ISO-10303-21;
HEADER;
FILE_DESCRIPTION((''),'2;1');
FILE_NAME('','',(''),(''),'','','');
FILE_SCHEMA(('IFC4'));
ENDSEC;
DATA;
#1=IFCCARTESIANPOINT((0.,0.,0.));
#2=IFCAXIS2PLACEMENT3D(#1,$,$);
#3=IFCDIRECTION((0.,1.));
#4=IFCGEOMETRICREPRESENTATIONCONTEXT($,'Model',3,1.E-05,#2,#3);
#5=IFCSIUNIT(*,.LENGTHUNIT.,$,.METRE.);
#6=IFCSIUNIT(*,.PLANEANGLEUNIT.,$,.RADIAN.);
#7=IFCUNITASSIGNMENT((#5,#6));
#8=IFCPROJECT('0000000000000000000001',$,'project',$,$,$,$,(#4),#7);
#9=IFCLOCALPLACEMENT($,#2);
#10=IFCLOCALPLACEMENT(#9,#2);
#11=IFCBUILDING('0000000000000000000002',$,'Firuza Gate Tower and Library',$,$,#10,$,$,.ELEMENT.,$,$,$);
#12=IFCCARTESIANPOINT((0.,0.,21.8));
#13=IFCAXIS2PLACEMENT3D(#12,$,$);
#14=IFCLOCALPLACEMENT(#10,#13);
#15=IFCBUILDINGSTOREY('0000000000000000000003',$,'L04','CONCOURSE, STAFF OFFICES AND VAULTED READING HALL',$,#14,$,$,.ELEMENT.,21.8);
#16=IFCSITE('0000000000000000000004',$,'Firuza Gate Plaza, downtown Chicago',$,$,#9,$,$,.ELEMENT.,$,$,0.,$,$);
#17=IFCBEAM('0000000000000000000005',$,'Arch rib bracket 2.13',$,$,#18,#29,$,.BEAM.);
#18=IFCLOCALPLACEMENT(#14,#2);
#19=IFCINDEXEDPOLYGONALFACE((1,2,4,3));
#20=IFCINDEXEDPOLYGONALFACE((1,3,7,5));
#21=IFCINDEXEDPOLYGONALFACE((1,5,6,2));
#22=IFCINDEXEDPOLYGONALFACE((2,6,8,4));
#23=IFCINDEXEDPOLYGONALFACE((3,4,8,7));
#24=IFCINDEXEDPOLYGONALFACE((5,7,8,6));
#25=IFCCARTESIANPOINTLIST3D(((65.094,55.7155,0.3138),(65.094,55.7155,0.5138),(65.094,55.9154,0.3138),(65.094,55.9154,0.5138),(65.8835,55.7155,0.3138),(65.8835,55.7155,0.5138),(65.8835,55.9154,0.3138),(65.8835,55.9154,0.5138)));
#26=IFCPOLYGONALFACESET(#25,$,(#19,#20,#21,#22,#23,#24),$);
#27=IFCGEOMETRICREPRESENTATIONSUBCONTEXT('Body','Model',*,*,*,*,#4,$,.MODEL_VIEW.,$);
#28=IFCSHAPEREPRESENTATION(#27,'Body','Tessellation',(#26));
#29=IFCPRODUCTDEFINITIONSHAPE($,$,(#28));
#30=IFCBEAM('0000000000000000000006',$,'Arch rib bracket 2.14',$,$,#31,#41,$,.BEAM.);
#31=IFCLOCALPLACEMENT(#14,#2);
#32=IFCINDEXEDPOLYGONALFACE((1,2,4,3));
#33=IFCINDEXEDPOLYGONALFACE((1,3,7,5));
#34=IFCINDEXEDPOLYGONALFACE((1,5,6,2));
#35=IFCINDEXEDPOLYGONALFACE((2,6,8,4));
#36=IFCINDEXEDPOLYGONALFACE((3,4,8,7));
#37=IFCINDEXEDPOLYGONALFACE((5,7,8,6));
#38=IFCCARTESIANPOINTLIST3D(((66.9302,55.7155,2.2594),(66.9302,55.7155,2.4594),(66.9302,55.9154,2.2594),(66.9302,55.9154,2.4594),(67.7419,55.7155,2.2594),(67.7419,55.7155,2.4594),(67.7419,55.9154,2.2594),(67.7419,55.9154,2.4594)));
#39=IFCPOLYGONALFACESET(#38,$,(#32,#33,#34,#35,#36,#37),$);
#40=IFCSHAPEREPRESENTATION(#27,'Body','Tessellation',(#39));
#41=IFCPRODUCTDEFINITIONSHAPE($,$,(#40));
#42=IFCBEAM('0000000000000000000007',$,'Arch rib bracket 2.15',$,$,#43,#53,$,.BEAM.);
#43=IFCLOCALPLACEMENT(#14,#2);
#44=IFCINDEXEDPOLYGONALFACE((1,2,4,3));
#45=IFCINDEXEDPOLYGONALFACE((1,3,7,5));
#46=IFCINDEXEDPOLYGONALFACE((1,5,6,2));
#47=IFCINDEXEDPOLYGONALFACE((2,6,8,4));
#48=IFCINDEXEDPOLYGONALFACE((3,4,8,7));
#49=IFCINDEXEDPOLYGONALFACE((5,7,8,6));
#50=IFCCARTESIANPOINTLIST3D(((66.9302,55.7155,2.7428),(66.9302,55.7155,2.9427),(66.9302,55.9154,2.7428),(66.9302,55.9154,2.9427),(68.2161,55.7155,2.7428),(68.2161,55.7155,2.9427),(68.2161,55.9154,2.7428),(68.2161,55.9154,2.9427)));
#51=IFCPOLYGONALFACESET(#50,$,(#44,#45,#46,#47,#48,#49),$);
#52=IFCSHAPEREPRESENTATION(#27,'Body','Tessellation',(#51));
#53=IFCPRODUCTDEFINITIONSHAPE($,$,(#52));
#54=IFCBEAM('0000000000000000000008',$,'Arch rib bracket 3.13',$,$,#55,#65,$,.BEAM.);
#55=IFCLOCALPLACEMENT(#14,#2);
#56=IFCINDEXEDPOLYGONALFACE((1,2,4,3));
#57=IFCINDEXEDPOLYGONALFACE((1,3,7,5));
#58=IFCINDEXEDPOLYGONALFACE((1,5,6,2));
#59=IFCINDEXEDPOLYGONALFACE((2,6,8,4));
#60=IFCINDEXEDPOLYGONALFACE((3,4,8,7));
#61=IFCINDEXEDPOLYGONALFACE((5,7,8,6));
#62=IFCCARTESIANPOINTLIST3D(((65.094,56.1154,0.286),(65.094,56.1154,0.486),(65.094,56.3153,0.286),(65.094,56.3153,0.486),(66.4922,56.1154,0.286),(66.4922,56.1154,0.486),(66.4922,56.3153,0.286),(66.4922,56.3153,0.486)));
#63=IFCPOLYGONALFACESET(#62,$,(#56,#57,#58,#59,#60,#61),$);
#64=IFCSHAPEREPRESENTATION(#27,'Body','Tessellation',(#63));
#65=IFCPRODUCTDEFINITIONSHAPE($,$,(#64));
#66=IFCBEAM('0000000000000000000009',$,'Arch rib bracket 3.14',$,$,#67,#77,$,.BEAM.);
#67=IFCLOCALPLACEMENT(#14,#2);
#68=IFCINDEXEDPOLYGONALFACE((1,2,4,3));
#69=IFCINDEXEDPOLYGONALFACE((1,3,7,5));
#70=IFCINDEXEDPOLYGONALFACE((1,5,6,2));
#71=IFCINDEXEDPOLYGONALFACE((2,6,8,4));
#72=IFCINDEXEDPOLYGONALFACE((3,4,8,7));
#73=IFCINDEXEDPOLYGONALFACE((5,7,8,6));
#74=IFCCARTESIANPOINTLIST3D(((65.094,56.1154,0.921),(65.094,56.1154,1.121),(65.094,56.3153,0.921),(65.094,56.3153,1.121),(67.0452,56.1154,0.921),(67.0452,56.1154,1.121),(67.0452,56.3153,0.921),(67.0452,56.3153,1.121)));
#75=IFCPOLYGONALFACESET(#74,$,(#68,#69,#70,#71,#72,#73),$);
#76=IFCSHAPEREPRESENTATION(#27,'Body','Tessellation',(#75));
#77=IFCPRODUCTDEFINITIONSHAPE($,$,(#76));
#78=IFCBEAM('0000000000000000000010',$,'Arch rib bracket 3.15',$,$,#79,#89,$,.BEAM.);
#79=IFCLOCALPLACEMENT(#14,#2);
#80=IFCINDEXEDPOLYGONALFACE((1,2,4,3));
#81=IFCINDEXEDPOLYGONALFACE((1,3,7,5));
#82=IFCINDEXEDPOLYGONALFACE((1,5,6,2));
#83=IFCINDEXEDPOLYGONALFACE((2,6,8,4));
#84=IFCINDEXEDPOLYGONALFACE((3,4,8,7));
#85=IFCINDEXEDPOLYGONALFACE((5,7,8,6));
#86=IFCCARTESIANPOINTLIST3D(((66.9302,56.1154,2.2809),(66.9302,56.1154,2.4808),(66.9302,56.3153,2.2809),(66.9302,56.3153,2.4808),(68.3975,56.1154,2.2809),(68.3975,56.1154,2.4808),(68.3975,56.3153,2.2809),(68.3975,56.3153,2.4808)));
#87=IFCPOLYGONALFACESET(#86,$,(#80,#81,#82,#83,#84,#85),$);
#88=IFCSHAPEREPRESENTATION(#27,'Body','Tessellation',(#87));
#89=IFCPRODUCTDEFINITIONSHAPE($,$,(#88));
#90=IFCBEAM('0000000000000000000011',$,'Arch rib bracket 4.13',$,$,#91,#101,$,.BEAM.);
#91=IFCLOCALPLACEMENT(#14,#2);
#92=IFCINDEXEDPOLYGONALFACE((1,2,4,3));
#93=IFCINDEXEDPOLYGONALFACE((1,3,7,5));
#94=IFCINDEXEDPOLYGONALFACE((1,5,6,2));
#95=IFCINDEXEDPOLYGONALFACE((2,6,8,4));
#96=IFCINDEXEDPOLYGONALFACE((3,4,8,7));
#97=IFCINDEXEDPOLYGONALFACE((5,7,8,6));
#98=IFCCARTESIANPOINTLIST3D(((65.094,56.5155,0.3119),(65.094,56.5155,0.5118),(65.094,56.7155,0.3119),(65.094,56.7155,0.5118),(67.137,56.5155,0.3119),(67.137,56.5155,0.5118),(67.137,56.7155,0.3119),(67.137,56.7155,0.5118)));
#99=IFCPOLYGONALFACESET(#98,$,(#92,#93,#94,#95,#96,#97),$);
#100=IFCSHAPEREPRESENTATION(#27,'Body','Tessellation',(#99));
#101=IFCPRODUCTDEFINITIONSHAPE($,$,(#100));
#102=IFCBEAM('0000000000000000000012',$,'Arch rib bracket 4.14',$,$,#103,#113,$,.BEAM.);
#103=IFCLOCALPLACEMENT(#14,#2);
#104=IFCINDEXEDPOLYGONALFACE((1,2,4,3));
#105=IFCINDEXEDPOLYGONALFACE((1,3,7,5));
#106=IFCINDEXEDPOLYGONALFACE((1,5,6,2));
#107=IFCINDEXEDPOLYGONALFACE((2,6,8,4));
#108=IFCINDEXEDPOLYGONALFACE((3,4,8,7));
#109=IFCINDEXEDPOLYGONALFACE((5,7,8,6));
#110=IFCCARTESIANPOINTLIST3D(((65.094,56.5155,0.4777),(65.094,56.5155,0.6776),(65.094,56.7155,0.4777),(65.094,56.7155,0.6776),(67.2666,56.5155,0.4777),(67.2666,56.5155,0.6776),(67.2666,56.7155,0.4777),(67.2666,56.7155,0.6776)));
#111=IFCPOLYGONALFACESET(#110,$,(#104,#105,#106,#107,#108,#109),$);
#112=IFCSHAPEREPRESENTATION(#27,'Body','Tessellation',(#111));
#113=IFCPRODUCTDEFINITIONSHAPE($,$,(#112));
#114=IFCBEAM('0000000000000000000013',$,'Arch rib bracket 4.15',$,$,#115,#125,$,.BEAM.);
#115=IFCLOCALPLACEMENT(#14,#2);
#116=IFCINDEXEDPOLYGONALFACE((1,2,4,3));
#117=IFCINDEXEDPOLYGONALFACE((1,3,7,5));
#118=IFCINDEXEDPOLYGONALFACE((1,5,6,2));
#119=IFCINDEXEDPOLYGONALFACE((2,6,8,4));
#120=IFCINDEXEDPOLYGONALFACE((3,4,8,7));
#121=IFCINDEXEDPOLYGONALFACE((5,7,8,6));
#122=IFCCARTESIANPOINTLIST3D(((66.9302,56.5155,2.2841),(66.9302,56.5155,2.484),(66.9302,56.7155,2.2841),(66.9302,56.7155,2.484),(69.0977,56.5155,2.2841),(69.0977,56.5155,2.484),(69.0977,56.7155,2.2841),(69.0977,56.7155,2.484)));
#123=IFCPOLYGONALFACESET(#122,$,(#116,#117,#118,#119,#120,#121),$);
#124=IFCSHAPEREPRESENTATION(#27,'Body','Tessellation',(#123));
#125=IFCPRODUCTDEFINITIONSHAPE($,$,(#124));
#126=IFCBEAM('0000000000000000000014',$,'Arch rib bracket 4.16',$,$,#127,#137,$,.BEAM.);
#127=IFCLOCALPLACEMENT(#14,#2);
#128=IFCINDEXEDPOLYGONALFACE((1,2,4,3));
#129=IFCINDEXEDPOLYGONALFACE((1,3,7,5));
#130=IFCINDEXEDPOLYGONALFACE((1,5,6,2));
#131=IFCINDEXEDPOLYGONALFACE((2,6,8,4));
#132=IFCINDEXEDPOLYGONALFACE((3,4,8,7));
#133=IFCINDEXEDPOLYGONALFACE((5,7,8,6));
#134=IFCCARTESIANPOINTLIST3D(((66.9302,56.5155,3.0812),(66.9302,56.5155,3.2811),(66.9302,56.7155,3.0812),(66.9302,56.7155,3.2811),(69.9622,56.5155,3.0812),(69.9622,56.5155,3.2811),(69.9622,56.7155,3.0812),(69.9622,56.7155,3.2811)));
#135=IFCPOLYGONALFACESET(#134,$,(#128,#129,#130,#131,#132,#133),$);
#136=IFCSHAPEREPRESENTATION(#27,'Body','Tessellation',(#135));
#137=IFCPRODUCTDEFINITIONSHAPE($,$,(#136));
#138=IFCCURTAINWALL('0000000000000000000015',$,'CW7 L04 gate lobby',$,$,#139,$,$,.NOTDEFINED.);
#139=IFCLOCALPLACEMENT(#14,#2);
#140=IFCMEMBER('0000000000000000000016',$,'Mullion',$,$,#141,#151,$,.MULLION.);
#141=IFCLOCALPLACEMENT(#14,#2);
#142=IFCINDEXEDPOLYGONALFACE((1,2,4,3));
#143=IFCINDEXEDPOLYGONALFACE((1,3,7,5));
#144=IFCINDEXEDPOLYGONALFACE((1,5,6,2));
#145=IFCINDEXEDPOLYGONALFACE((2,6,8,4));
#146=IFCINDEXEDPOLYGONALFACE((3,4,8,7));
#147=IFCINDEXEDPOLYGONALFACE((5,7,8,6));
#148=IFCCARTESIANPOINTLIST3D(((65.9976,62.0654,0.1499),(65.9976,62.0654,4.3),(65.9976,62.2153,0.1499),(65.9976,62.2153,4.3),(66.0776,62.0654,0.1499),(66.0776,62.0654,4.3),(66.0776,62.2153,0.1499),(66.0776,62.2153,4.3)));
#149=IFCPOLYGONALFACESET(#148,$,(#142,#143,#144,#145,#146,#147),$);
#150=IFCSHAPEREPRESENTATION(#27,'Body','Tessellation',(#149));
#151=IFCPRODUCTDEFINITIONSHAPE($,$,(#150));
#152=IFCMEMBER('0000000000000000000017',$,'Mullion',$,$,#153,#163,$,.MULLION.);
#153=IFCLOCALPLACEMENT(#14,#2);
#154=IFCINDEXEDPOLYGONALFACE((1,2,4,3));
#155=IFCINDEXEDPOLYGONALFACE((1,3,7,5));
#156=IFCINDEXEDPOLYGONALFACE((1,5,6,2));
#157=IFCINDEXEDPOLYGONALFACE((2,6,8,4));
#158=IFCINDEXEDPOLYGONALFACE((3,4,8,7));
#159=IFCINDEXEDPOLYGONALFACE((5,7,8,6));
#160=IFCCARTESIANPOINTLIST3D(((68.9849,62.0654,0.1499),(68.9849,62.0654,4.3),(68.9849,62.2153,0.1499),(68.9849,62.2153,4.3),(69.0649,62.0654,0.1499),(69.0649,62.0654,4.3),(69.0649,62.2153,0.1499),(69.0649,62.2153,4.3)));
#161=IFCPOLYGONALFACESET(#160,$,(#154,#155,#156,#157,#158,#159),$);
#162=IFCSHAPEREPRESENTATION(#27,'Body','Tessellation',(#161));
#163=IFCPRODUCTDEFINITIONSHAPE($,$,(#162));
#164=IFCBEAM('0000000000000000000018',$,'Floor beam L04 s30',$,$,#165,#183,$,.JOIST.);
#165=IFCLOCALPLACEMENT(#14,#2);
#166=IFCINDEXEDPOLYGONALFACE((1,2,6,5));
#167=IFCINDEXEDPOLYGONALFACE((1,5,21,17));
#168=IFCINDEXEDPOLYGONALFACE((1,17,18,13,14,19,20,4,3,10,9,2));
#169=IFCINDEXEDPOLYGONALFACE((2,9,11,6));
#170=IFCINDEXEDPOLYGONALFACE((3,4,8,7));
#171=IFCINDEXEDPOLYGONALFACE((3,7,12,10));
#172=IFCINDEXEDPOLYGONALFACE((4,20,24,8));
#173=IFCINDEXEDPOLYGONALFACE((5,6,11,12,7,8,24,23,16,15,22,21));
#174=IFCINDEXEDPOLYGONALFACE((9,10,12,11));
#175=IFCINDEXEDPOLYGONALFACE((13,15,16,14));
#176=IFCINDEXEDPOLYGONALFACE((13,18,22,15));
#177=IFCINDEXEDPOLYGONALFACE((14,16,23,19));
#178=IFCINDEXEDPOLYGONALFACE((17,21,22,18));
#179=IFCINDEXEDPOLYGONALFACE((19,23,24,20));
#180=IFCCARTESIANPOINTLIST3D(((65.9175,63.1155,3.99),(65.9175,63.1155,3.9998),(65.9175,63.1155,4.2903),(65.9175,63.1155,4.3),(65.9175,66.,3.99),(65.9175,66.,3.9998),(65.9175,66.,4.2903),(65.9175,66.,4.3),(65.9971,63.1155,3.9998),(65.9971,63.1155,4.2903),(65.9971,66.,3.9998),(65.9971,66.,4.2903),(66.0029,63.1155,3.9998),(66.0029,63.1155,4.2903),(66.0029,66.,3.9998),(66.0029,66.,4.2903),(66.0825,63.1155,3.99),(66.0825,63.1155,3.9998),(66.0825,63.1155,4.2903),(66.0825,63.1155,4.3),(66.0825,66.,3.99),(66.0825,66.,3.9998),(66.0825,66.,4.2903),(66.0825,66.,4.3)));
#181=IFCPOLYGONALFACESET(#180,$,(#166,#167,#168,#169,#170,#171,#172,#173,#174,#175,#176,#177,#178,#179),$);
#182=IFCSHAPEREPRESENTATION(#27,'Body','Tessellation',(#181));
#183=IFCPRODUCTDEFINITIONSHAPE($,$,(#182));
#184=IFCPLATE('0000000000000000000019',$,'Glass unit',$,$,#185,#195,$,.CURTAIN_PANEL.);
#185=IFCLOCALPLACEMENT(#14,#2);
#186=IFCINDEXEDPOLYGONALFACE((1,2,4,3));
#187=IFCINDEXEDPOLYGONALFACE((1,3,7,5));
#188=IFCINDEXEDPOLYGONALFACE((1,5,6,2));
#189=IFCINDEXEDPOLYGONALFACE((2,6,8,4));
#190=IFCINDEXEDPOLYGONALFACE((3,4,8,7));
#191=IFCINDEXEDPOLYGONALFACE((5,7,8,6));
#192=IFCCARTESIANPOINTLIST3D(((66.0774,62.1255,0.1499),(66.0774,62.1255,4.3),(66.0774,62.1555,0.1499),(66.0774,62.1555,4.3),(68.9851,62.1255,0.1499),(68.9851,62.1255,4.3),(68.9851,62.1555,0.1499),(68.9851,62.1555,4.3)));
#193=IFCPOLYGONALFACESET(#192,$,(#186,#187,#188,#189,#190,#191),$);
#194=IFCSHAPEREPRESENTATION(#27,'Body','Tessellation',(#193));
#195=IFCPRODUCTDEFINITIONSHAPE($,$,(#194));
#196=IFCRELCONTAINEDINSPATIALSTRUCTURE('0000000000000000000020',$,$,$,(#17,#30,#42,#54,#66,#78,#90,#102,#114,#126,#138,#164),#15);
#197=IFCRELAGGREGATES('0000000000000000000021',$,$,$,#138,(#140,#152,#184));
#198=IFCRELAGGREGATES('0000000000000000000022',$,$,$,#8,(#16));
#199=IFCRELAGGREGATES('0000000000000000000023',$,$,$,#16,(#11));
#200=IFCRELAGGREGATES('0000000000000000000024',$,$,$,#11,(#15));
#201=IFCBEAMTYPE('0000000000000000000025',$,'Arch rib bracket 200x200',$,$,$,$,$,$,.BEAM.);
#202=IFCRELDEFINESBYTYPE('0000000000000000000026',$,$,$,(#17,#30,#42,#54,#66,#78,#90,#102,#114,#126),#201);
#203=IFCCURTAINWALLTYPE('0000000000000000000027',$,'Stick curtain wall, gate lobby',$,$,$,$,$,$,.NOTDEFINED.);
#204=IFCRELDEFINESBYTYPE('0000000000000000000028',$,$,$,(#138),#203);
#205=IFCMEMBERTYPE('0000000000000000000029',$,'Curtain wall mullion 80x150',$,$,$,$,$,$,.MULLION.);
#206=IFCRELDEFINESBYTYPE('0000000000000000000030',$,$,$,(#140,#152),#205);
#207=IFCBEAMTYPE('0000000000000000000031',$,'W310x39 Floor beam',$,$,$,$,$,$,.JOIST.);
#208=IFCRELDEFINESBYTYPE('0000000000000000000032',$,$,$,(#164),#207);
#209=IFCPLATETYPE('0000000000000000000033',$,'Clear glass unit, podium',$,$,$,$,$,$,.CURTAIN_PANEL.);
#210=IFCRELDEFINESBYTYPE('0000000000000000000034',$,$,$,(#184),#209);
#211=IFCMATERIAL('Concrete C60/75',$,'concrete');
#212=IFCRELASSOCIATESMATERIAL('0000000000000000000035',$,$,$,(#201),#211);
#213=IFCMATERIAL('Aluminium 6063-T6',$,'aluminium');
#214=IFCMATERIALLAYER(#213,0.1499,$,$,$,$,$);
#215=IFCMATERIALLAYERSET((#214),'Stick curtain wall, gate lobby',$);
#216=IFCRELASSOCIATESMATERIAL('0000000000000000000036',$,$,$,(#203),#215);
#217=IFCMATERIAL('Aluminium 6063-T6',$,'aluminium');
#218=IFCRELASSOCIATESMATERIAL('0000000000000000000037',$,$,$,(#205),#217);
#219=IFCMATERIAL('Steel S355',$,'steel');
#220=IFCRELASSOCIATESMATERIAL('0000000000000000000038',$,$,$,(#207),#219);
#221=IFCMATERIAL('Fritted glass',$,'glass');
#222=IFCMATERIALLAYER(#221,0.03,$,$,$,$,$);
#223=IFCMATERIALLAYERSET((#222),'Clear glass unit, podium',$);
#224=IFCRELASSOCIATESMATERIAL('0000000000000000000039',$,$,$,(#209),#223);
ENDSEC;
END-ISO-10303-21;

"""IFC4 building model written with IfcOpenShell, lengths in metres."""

from ifc_helpers import new_model, si_unit, direction, frame, origin, origin_2d, place, context, subcontext, project, spatial, polyline, rectangle, i_section, outline, extrude, material, layer, layer_set, material_profile, profile_set, type_object, element, aggregate, save


model = new_model("IFC4")

# Units and contexts
model_context = context("Model", 3, precision=1e-05, world=origin(), true_north=direction((0.0, 1.0)))
body_context = subcontext(model_context, "Body", "Model", "MODEL_VIEW")
ifc_project = project(units=[si_unit("LENGTHUNIT", "METRE"), si_unit("PLANEANGLEUNIT", "RADIAN")], contexts=[model_context])

# Site, building, storey
site_placement = place(None, origin())
site = spatial("IfcSite", under=ifc_project, at=site_placement, Name="Firuza Gate Plaza, downtown Chicago", CompositionType="ELEMENT", RefElevation=0.0)
building_placement = place(site_placement, origin())
building = spatial("IfcBuilding", under=site, at=building_placement, Name="Firuza Gate Tower and Library", CompositionType="ELEMENT")
storey_placement = place(building_placement, frame((0.0, 0.0, 21.8)))
storey = spatial("IfcBuildingStorey", under=building, at=storey_placement, Name="L04", Description="CONCOURSE, STAFF OFFICES AND VAULTED READING HALL", CompositionType="ELEMENT", Elevation=21.8)

# Beams
ifc_material_1 = material(Name="Concrete C60/75", Category="concrete")
ifc_material_profile_1 = material_profile(ifc_material_1, rectangle(XDim=0.2, YDim=0.2, at=origin_2d()))
ifc_profile_set_1 = profile_set([ifc_material_profile_1], Name="Concrete C60/75")
beam_type_1 = type_object("IfcBeamType", Name="Arch rib bracket 200x200", PredefinedType="BEAM", material=ifc_profile_set_1)
beam_1_placement = place(storey_placement, frame((65.094, 55.8154, 0.4138), z_axis=(1.0, 0.0, 0.0), x_axis=(0.0, 1.0, 0.0)))
element("IfcBeam", 1, at=beam_1_placement, inside=storey, type_object=beam_type_1, Name="Arch rib bracket 2.13", PredefinedType="BEAM", context=body_context, shape_type="SweptSolid", body=[
    extrude(rectangle(XDim=0.2, YDim=0.2, at=origin_2d()), origin(), (0.0, 0.0, 1.0), 0.7896),
])
beam_2_placement = place(storey_placement, frame((66.9302, 55.8154, 2.3594), z_axis=(1.0, 0.0, 0.0), x_axis=(0.0, 1.0, 0.0)))
element("IfcBeam", 2, at=beam_2_placement, inside=storey, type_object=beam_type_1, Name="Arch rib bracket 2.14", PredefinedType="BEAM", context=body_context, shape_type="SweptSolid", body=[
    extrude(rectangle(XDim=0.2, YDim=0.2, at=origin_2d()), origin(), (0.0, 0.0, 1.0), 0.8118),
])
beam_3_placement = place(storey_placement, frame((66.9302, 55.8154, 2.8428), z_axis=(1.0, 0.0, 0.0), x_axis=(0.0, 1.0, 0.0)))
element("IfcBeam", 3, at=beam_3_placement, inside=storey, type_object=beam_type_1, Name="Arch rib bracket 2.15", PredefinedType="BEAM", context=body_context, shape_type="SweptSolid", body=[
    extrude(rectangle(XDim=0.2, YDim=0.2, at=origin_2d()), origin(), (0.0, 0.0, 1.0), 1.2859),
])
beam_4_placement = place(storey_placement, frame((65.094, 56.2153, 0.386), z_axis=(1.0, 0.0, 0.0), x_axis=(0.0, 1.0, 0.0)))
element("IfcBeam", 4, at=beam_4_placement, inside=storey, type_object=beam_type_1, Name="Arch rib bracket 3.13", PredefinedType="BEAM", context=body_context, shape_type="SweptSolid", body=[
    extrude(rectangle(XDim=0.2, YDim=0.2, at=origin_2d()), origin(), (0.0, 0.0, 1.0), 1.3982),
])
beam_5_placement = place(storey_placement, frame((65.094, 56.2153, 1.021), z_axis=(1.0, 0.0, 0.0), x_axis=(0.0, 1.0, 0.0)))
element("IfcBeam", 5, at=beam_5_placement, inside=storey, type_object=beam_type_1, Name="Arch rib bracket 3.14", PredefinedType="BEAM", context=body_context, shape_type="SweptSolid", body=[
    extrude(rectangle(XDim=0.2, YDim=0.2, at=origin_2d()), origin(), (0.0, 0.0, 1.0), 1.9512),
])
beam_6_placement = place(storey_placement, frame((66.9302, 56.2153, 2.3809), z_axis=(1.0, 0.0, 0.0), x_axis=(0.0, 1.0, 0.0)))
element("IfcBeam", 6, at=beam_6_placement, inside=storey, type_object=beam_type_1, Name="Arch rib bracket 3.15", PredefinedType="BEAM", context=body_context, shape_type="SweptSolid", body=[
    extrude(rectangle(XDim=0.2, YDim=0.2, at=origin_2d()), origin(), (0.0, 0.0, 1.0), 1.4673),
])
beam_7_placement = place(storey_placement, frame((65.094, 56.6155, 0.4119), z_axis=(1.0, 0.0, 0.0), x_axis=(0.0, 1.0, 0.0)))
element("IfcBeam", 7, at=beam_7_placement, inside=storey, type_object=beam_type_1, Name="Arch rib bracket 4.13", PredefinedType="BEAM", context=body_context, shape_type="SweptSolid", body=[
    extrude(rectangle(XDim=0.2, YDim=0.2, at=origin_2d()), origin(), (0.0, 0.0, 1.0), 2.043),
])
beam_8_placement = place(storey_placement, frame((65.094, 56.6155, 0.5776), z_axis=(1.0, 0.0, 0.0), x_axis=(0.0, 1.0, 0.0)))
element("IfcBeam", 8, at=beam_8_placement, inside=storey, type_object=beam_type_1, Name="Arch rib bracket 4.14", PredefinedType="BEAM", context=body_context, shape_type="SweptSolid", body=[
    extrude(rectangle(XDim=0.2, YDim=0.2, at=origin_2d()), origin(), (0.0, 0.0, 1.0), 2.1726),
])
beam_9_placement = place(storey_placement, frame((66.9302, 56.6155, 2.384), z_axis=(1.0, 0.0, 0.0), x_axis=(0.0, 1.0, 0.0)))
element("IfcBeam", 9, at=beam_9_placement, inside=storey, type_object=beam_type_1, Name="Arch rib bracket 4.15", PredefinedType="BEAM", context=body_context, shape_type="SweptSolid", body=[
    extrude(rectangle(XDim=0.2, YDim=0.2, at=origin_2d()), origin(), (0.0, 0.0, 1.0), 2.1675),
])
beam_10_placement = place(storey_placement, frame((66.9302, 56.6155, 3.1812), z_axis=(1.0, 0.0, 0.0), x_axis=(0.0, 1.0, 0.0)))
element("IfcBeam", 10, at=beam_10_placement, inside=storey, type_object=beam_type_1, Name="Arch rib bracket 4.16", PredefinedType="BEAM", context=body_context, shape_type="SweptSolid", body=[
    extrude(rectangle(XDim=0.2, YDim=0.2, at=origin_2d()), origin(), (0.0, 0.0, 1.0), 3.032),
])

# Curtain wall, members
ifc_material_2 = material(Name="Aluminium 6063-T6", Category="aluminium")
ifc_layer_1 = layer(ifc_material_2, 0.1499)
ifc_layer_set_1 = layer_set([ifc_layer_1], Name="Stick curtain wall, gate lobby")
curtain_wall_type = type_object("IfcCurtainWallType", Name="Stick curtain wall, gate lobby", PredefinedType="NOTDEFINED", material=ifc_layer_set_1)
curtain_wall_placement = place(storey_placement, origin())
curtain_wall = element("IfcCurtainWall", 11, at=curtain_wall_placement, inside=storey, type_object=curtain_wall_type, Name="CW7 L04 gate lobby", PredefinedType="NOTDEFINED")
ifc_material_3 = material(Name="Aluminium 6063-T6", Category="aluminium")
ifc_material_profile_2 = material_profile(ifc_material_3, rectangle(XDim=0.1499, YDim=0.0801, at=origin_2d()))
ifc_profile_set_2 = profile_set([ifc_material_profile_2], Name="Aluminium 6063-T6")
member_type_1 = type_object("IfcMemberType", Name="Curtain wall mullion 80x150", PredefinedType="MULLION", material=ifc_profile_set_2)
member_1_placement = place(storey_placement, frame((66.0376, 62.1404, 0.1499), z_axis=(0.0, 0.0, 1.0), x_axis=(0.0, 1.0, 0.0)))
member_1 = element("IfcMember", 12, at=member_1_placement, type_object=member_type_1, Name="Mullion", PredefinedType="MULLION", context=body_context, shape_type="SweptSolid", body=[
    extrude(rectangle(XDim=0.1499, YDim=0.0801, at=origin_2d()), origin(), (0.0, 0.0, 1.0), 4.1501),
])
member_2_placement = place(storey_placement, frame((69.0249, 62.1404, 0.1499), z_axis=(0.0, 0.0, 1.0), x_axis=(0.0, 1.0, 0.0)))
member_2 = element("IfcMember", 13, at=member_2_placement, type_object=member_type_1, Name="Mullion", PredefinedType="MULLION", context=body_context, shape_type="SweptSolid", body=[
    extrude(rectangle(XDim=0.1499, YDim=0.0801, at=origin_2d()), origin(), (0.0, 0.0, 1.0), 4.1501),
])

# Beam
ifc_material_4 = material(Name="Steel S355", Category="steel")
ifc_material_profile_3 = material_profile(ifc_material_4, i_section(OverallWidth=0.165, OverallDepth=0.3101, WebThickness=0.0059, FlangeThickness=0.0098, at=origin_2d()))
ifc_profile_set_3 = profile_set([ifc_material_profile_3], Name="Steel S355")
beam_type_2 = type_object("IfcBeamType", Name="W310x39 Floor beam", PredefinedType="JOIST", material=ifc_profile_set_3)
beam_11_placement = place(storey_placement, frame((66.0, 63.1155, 4.145), z_axis=(0.0, 1.0, 0.0), x_axis=(-1.0, 0.0, 0.0)))
element("IfcBeam", 14, at=beam_11_placement, inside=storey, type_object=beam_type_2, Name="Floor beam L04 s30", PredefinedType="JOIST", context=body_context, shape_type="SweptSolid", body=[
    extrude(i_section(OverallWidth=0.165, OverallDepth=0.3101, WebThickness=0.0059, FlangeThickness=0.0098, at=origin_2d()), origin(), (0.0, 0.0, 1.0), 2.8845),
])

# Plate
ifc_material_5 = material(Name="Fritted glass", Category="glass")
ifc_layer_2 = layer(ifc_material_5, 0.03)
ifc_layer_set_2 = layer_set([ifc_layer_2], Name="Clear glass unit, podium")
plate_type = type_object("IfcPlateType", Name="Clear glass unit, podium", PredefinedType="CURTAIN_PANEL", material=ifc_layer_set_2)
plate_placement = place(storey_placement, frame((66.0774, 62.1255, 0.1499), z_axis=(0.0, -1.0, 0.0), x_axis=(1.0, 0.0, 0.0)))
plate = element("IfcPlate", 15, at=plate_placement, type_object=plate_type, Name="Glass unit", PredefinedType="CURTAIN_PANEL", context=body_context, shape_type="SweptSolid", body=[
    extrude(outline(polyline([(0.0, 0.0), (2.9077, 0.0), (2.9077, 4.1501), (0.0, 4.1501), (0.0, 0.0)])), origin(), (0.0, 0.0, -1.0), 0.03),
])
aggregate(curtain_wall, [member_1, member_2, plate])

save(model, "model.ifc")
